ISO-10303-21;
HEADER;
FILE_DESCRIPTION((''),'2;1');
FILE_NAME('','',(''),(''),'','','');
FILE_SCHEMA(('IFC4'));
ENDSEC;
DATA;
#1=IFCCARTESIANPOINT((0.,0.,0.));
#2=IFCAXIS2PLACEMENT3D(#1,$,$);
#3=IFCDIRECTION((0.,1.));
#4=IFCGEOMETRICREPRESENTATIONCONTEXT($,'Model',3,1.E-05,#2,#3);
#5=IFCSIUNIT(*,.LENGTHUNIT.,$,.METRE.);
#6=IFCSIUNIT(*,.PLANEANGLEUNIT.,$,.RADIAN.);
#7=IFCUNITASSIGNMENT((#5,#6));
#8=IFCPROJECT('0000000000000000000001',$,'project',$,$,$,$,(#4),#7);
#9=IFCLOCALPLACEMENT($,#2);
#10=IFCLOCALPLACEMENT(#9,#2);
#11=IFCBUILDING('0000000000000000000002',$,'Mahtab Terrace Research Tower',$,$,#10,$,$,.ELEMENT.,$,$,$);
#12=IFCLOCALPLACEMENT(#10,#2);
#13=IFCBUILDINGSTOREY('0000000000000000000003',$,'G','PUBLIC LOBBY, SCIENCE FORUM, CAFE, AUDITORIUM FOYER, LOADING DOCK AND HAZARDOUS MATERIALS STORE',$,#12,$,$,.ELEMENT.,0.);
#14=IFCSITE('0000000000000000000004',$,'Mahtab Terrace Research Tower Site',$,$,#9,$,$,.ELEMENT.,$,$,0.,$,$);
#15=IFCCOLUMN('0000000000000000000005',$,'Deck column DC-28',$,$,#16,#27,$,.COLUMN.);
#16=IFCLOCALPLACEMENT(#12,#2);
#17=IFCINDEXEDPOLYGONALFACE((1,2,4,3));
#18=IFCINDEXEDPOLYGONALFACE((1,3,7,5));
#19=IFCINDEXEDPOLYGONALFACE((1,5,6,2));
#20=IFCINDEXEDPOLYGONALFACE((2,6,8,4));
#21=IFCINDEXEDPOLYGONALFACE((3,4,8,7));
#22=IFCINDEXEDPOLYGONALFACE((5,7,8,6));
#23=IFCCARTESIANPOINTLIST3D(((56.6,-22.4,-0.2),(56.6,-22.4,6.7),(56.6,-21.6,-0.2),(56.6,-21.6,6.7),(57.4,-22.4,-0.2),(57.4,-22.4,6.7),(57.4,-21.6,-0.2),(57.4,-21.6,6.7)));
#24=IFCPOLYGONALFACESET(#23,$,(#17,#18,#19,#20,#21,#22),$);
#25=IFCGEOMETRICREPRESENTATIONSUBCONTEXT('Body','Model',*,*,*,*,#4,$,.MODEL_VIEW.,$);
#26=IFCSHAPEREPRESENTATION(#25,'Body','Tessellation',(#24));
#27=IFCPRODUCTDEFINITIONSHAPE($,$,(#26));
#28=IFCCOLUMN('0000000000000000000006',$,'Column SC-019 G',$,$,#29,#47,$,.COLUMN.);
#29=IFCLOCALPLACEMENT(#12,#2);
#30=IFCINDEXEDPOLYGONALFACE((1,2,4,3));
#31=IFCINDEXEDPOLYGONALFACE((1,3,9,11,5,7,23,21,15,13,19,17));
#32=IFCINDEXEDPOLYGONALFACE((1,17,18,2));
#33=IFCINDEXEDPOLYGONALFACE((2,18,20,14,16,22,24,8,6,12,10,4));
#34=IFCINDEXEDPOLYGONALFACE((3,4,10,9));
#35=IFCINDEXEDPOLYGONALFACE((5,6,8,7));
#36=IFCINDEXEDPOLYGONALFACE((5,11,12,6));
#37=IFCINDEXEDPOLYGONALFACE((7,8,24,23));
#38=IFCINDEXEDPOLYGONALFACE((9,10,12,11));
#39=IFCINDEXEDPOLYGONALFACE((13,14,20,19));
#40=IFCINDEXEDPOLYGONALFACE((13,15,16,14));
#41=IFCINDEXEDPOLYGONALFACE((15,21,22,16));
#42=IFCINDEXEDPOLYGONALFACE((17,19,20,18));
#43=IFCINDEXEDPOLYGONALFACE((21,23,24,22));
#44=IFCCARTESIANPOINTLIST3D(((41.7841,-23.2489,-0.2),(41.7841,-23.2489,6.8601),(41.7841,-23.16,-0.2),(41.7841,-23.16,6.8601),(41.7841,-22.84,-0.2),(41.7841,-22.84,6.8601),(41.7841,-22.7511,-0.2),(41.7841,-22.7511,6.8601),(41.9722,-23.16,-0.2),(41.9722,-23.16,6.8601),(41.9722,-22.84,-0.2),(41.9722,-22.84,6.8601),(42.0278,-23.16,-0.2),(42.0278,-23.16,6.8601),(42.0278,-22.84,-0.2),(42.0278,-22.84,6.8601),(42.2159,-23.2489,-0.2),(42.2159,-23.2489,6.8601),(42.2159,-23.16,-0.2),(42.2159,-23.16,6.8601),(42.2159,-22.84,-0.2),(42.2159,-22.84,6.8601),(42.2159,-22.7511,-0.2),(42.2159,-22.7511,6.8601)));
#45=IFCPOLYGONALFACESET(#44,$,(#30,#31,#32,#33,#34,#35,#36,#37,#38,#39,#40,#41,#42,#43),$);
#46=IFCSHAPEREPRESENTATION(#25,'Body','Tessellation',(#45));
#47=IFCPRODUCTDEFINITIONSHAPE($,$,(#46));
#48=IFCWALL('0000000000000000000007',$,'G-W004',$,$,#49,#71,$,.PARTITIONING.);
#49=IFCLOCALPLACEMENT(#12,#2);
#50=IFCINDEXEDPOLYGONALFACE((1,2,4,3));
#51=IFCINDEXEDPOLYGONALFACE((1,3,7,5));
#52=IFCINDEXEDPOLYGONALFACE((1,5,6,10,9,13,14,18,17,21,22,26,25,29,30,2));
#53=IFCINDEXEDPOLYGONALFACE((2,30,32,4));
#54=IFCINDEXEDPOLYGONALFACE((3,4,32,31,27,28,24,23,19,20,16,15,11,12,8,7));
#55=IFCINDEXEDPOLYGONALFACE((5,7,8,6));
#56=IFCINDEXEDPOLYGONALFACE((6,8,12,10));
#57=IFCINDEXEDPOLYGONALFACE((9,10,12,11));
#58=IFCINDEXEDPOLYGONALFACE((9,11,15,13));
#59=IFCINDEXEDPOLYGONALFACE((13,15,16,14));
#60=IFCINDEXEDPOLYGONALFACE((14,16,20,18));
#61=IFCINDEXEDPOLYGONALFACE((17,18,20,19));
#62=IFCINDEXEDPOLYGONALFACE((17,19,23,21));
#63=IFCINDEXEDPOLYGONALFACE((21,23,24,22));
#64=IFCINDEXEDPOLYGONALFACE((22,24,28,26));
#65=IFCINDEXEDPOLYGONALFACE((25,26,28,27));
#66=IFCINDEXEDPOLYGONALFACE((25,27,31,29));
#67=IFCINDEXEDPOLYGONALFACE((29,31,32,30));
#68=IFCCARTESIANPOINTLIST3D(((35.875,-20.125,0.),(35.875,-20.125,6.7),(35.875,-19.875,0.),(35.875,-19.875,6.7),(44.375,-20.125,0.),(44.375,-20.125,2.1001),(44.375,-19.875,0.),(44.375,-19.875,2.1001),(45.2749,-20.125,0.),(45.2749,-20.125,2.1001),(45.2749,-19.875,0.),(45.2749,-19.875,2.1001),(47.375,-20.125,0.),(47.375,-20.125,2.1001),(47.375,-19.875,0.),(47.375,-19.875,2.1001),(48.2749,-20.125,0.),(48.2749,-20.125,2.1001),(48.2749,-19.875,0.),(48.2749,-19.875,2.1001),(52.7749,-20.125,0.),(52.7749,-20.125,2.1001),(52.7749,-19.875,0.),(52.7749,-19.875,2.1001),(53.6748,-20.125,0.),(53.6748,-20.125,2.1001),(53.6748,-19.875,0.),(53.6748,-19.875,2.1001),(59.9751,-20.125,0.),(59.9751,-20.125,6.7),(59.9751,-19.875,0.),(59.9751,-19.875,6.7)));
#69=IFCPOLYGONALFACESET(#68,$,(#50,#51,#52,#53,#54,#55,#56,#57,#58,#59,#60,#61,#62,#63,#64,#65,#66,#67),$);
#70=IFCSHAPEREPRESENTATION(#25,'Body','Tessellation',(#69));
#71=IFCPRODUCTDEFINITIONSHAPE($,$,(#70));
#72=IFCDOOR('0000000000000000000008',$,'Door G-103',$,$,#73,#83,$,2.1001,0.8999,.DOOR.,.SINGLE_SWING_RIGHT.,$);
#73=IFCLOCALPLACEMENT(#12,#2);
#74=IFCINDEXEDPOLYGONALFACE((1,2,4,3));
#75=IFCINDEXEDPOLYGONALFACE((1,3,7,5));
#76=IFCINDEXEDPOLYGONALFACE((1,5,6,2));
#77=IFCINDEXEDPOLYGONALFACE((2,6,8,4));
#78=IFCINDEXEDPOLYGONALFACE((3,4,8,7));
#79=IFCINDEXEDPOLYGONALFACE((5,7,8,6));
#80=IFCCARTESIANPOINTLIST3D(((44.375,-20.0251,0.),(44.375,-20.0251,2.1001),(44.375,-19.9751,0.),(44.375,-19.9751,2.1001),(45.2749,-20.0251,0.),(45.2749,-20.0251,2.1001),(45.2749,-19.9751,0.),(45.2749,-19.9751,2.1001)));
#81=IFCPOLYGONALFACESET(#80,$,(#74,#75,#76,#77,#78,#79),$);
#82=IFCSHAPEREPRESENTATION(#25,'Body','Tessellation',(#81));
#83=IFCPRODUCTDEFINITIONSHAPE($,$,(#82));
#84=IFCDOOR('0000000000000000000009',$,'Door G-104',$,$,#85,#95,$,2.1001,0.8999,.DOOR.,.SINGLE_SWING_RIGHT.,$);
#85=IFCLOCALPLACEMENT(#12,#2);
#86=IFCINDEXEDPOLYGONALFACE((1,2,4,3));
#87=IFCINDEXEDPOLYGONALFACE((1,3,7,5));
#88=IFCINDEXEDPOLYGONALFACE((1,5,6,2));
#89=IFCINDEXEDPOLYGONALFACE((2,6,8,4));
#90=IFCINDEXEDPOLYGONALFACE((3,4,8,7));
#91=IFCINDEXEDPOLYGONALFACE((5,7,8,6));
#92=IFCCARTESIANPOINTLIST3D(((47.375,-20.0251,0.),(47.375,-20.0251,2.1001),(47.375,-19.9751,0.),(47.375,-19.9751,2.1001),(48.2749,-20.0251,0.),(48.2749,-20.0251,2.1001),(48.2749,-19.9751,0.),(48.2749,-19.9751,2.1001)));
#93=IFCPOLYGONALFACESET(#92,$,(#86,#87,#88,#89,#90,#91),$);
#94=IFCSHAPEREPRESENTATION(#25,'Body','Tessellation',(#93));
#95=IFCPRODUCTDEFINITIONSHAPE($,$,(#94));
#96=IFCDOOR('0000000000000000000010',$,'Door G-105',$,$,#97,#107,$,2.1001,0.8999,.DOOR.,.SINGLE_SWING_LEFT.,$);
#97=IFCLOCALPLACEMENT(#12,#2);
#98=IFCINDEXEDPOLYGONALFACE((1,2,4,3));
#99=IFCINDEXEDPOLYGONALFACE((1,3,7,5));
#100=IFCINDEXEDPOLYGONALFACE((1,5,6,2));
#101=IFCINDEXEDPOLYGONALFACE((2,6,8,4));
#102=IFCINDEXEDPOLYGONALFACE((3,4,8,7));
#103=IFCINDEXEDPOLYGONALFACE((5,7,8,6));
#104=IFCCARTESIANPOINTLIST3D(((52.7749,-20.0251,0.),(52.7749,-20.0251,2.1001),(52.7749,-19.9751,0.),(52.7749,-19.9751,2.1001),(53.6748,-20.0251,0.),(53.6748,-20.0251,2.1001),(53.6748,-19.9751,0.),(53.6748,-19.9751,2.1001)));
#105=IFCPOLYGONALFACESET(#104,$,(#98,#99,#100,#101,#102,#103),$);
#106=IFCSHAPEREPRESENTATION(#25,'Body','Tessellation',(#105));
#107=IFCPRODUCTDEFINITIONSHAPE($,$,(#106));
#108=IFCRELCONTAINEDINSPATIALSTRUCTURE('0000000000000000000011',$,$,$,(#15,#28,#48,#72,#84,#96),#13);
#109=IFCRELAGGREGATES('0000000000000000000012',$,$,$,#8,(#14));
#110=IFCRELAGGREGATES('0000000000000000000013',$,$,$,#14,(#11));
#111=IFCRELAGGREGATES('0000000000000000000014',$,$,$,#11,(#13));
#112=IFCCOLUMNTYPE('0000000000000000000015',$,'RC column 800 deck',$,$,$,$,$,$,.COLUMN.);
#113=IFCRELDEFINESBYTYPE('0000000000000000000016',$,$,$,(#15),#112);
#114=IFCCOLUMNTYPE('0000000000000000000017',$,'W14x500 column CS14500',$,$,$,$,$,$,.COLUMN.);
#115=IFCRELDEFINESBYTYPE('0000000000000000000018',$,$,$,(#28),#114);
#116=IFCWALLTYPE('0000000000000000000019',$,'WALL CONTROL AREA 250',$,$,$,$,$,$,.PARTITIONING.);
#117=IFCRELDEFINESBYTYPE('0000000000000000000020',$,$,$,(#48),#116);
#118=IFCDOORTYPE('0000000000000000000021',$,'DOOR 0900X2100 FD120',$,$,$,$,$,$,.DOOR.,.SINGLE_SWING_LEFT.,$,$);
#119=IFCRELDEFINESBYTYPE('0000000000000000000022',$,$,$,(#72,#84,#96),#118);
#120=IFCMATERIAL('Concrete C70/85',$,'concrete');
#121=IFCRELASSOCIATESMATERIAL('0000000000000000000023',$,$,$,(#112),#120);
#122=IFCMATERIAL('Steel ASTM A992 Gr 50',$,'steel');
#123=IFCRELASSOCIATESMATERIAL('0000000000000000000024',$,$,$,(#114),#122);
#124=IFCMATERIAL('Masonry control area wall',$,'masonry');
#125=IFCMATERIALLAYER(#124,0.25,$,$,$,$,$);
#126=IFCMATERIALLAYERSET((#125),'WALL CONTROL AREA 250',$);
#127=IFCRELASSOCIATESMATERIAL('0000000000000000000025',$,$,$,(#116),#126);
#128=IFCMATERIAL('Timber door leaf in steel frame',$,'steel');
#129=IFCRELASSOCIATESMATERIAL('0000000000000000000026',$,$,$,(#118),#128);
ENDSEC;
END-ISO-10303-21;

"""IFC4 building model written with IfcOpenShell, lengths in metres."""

from ifc_helpers import new_model, si_unit, direction, frame, frame_2d, origin, origin_2d, place, context, subcontext, project, spatial, rectangle, i_section, extrude, material, layer, layer_set, material_profile, profile_set, type_object, element, fill, save


model = new_model("IFC4")

# Units and contexts
model_context = context("Model", 3, precision=1e-05, world=origin(), true_north=direction((0.0, 1.0)))
body_context = subcontext(model_context, "Body", "Model", "MODEL_VIEW")
ifc_project = project(units=[si_unit("LENGTHUNIT", "METRE"), si_unit("PLANEANGLEUNIT", "RADIAN")], contexts=[model_context])

# Site, building, storey
site_placement = place(None, origin())
site = spatial("IfcSite", under=ifc_project, at=site_placement, Name="Mahtab Terrace Research Tower Site", CompositionType="ELEMENT", RefElevation=0.0)
building_placement = place(site_placement, origin())
building = spatial("IfcBuilding", under=site, at=building_placement, Name="Mahtab Terrace Research Tower", CompositionType="ELEMENT")
storey_placement = place(building_placement, origin())
storey = spatial("IfcBuildingStorey", under=building, at=storey_placement, Name="G", Description="PUBLIC LOBBY, SCIENCE FORUM, CAFE, AUDITORIUM FOYER, LOADING DOCK AND HAZARDOUS MATERIALS STORE", CompositionType="ELEMENT", Elevation=0.0)

# Columns
ifc_material_1 = material(Name="Concrete C70/85", Category="concrete")
ifc_material_profile_1 = material_profile(ifc_material_1, rectangle(XDim=0.8, YDim=0.8, at=origin_2d()), Name="RC column 800 deck")
ifc_profile_set_1 = profile_set([ifc_material_profile_1], Name="Concrete C70/85")
column_type_1 = type_object("IfcColumnType", Name="RC column 800 deck", PredefinedType="COLUMN", material=ifc_profile_set_1)
column_1_placement = place(storey_placement, frame((57.0, -22.0, -0.2), z_axis=(0.0, 0.0, 1.0), x_axis=(1.0, 0.0, 0.0)))
element("IfcColumn", 1, at=column_1_placement, inside=storey, type_object=column_type_1, Name="Deck column DC-28", PredefinedType="COLUMN", context=body_context, shape_type="SweptSolid", body=[
    extrude(rectangle(XDim=0.8, YDim=0.8, at=origin_2d()), origin(), (0.0, 0.0, 1.0), 6.8999),
])
ifc_material_2 = material(Name="Steel ASTM A992 Gr 50", Category="steel")
ifc_material_profile_2 = material_profile(ifc_material_2, i_section(OverallWidth=0.4319, OverallDepth=0.4978, WebThickness=0.0557, FlangeThickness=0.0889, at=origin_2d()), Name="W14X500")
ifc_profile_set_2 = profile_set([ifc_material_profile_2], Name="Steel ASTM A992 Gr 50")
column_type_2 = type_object("IfcColumnType", Name="W14x500 column CS14500", PredefinedType="COLUMN", material=ifc_profile_set_2)
column_2_placement = place(storey_placement, frame((42.0, -23.0, -0.2), z_axis=(0.0, 0.0, 1.0), x_axis=(1.0, 0.0, 0.0)))
element("IfcColumn", 2, at=column_2_placement, inside=storey, type_object=column_type_2, Name="Column SC-019 G", PredefinedType="COLUMN", context=body_context, shape_type="SweptSolid", body=[
    extrude(i_section(OverallWidth=0.4319, OverallDepth=0.4978, WebThickness=0.0557, FlangeThickness=0.0889, at=origin_2d()), origin(), (0.0, 0.0, 1.0), 7.0601),
])

# Wall, openings, doors
ifc_material_3 = material(Name="Masonry control area wall", Category="masonry")
ifc_layer_1 = layer(ifc_material_3, 0.25)
ifc_layer_set_1 = layer_set([ifc_layer_1], Name="WALL CONTROL AREA 250")
wall_type = type_object("IfcWallType", Name="WALL CONTROL AREA 250", PredefinedType="PARTITIONING", material=ifc_layer_set_1)
wall_placement = place(storey_placement, frame((35.875, -20.0, 0.0), z_axis=(0.0, 0.0, 1.0), x_axis=(1.0, 0.0, 0.0)))
wall = element("IfcWall", 3, at=wall_placement, inside=storey, type_object=wall_type, Name="G-W004", PredefinedType="PARTITIONING", context=body_context, shape_type="SweptSolid", body=[
    extrude(rectangle(XDim=24.1001, YDim=0.25, at=frame_2d((12.05, 0.0))), origin(), (0.0, 0.0, 1.0), 6.7),
])
opening_1_placement = place(wall_placement, frame((8.5, 0.0, 0.0)))
opening_1 = element("IfcOpeningElement", 4, at=opening_1_placement, cuts=wall, PredefinedType="OPENING", context=body_context, shape_type="SweptSolid", body=[
    extrude(rectangle(XDim=0.8999, YDim=2.1001, at=frame_2d((0.45, 1.05))), frame((0.0, 0.135, 0.0), z_axis=(0.0, -1.0, 0.0), x_axis=(1.0, 0.0, 0.0)), (0.0, 0.0, 1.0), 0.27),
])
opening_2_placement = place(wall_placement, frame((11.5, 0.0, 0.0)))
opening_2 = element("IfcOpeningElement", 5, at=opening_2_placement, cuts=wall, PredefinedType="OPENING", context=body_context, shape_type="SweptSolid", body=[
    extrude(rectangle(XDim=0.8999, YDim=2.1001, at=frame_2d((0.45, 1.05))), frame((0.0, 0.135, 0.0), z_axis=(0.0, -1.0, 0.0), x_axis=(1.0, 0.0, 0.0)), (0.0, 0.0, 1.0), 0.27),
])
opening_3_placement = place(wall_placement, frame((16.8999, 0.0, 0.0)))
opening_3 = element("IfcOpeningElement", 6, at=opening_3_placement, cuts=wall, PredefinedType="OPENING", context=body_context, shape_type="SweptSolid", body=[
    extrude(rectangle(XDim=0.8999, YDim=2.1001, at=frame_2d((0.45, 1.05))), frame((0.0, 0.135, 0.0), z_axis=(0.0, -1.0, 0.0), x_axis=(1.0, 0.0, 0.0)), (0.0, 0.0, 1.0), 0.27),
])
ifc_material_4 = material(Name="Timber door leaf in steel frame", Category="steel")
door_type = type_object("IfcDoorType", Name="DOOR 0900X2100 FD120", OperationType="SINGLE_SWING_LEFT", PredefinedType="DOOR", material=ifc_material_4)
door_1_placement = place(opening_1_placement, origin())
door_1 = element("IfcDoor", 7, at=door_1_placement, inside=storey, type_object=door_type, Name="Door G-103", OperationType="SINGLE_SWING_RIGHT", OverallHeight=2.1001, OverallWidth=0.8999, PredefinedType="DOOR", context=body_context, shape_type="SweptSolid", body=[
    extrude(rectangle(XDim=0.8999, YDim=2.1001, at=frame_2d((0.45, 1.05))), frame((0.0, 0.0249, 0.0), z_axis=(0.0, -1.0, 0.0), x_axis=(1.0, 0.0, 0.0)), (0.0, 0.0, 1.0), 0.05),
])
fill(opening_1, door_1)
door_2_placement = place(opening_2_placement, origin())
door_2 = element("IfcDoor", 8, at=door_2_placement, inside=storey, type_object=door_type, Name="Door G-104", OperationType="SINGLE_SWING_RIGHT", OverallHeight=2.1001, OverallWidth=0.8999, PredefinedType="DOOR", context=body_context, shape_type="SweptSolid", body=[
    extrude(rectangle(XDim=0.8999, YDim=2.1001, at=frame_2d((0.45, 1.05))), frame((0.0, 0.0249, 0.0), z_axis=(0.0, -1.0, 0.0), x_axis=(1.0, 0.0, 0.0)), (0.0, 0.0, 1.0), 0.05),
])
fill(opening_2, door_2)
door_3_placement = place(opening_3_placement, origin())
door_3 = element("IfcDoor", 9, at=door_3_placement, inside=storey, type_object=door_type, Name="Door G-105", OperationType="SINGLE_SWING_LEFT", OverallHeight=2.1001, OverallWidth=0.8999, PredefinedType="DOOR", context=body_context, shape_type="SweptSolid", body=[
    extrude(rectangle(XDim=0.8999, YDim=2.1001, at=frame_2d((0.45, 1.05))), frame((0.0, 0.0249, 0.0), z_axis=(0.0, -1.0, 0.0), x_axis=(1.0, 0.0, 0.0)), (0.0, 0.0, 1.0), 0.05),
])
fill(opening_3, door_3)

save(model, "model.ifc")
